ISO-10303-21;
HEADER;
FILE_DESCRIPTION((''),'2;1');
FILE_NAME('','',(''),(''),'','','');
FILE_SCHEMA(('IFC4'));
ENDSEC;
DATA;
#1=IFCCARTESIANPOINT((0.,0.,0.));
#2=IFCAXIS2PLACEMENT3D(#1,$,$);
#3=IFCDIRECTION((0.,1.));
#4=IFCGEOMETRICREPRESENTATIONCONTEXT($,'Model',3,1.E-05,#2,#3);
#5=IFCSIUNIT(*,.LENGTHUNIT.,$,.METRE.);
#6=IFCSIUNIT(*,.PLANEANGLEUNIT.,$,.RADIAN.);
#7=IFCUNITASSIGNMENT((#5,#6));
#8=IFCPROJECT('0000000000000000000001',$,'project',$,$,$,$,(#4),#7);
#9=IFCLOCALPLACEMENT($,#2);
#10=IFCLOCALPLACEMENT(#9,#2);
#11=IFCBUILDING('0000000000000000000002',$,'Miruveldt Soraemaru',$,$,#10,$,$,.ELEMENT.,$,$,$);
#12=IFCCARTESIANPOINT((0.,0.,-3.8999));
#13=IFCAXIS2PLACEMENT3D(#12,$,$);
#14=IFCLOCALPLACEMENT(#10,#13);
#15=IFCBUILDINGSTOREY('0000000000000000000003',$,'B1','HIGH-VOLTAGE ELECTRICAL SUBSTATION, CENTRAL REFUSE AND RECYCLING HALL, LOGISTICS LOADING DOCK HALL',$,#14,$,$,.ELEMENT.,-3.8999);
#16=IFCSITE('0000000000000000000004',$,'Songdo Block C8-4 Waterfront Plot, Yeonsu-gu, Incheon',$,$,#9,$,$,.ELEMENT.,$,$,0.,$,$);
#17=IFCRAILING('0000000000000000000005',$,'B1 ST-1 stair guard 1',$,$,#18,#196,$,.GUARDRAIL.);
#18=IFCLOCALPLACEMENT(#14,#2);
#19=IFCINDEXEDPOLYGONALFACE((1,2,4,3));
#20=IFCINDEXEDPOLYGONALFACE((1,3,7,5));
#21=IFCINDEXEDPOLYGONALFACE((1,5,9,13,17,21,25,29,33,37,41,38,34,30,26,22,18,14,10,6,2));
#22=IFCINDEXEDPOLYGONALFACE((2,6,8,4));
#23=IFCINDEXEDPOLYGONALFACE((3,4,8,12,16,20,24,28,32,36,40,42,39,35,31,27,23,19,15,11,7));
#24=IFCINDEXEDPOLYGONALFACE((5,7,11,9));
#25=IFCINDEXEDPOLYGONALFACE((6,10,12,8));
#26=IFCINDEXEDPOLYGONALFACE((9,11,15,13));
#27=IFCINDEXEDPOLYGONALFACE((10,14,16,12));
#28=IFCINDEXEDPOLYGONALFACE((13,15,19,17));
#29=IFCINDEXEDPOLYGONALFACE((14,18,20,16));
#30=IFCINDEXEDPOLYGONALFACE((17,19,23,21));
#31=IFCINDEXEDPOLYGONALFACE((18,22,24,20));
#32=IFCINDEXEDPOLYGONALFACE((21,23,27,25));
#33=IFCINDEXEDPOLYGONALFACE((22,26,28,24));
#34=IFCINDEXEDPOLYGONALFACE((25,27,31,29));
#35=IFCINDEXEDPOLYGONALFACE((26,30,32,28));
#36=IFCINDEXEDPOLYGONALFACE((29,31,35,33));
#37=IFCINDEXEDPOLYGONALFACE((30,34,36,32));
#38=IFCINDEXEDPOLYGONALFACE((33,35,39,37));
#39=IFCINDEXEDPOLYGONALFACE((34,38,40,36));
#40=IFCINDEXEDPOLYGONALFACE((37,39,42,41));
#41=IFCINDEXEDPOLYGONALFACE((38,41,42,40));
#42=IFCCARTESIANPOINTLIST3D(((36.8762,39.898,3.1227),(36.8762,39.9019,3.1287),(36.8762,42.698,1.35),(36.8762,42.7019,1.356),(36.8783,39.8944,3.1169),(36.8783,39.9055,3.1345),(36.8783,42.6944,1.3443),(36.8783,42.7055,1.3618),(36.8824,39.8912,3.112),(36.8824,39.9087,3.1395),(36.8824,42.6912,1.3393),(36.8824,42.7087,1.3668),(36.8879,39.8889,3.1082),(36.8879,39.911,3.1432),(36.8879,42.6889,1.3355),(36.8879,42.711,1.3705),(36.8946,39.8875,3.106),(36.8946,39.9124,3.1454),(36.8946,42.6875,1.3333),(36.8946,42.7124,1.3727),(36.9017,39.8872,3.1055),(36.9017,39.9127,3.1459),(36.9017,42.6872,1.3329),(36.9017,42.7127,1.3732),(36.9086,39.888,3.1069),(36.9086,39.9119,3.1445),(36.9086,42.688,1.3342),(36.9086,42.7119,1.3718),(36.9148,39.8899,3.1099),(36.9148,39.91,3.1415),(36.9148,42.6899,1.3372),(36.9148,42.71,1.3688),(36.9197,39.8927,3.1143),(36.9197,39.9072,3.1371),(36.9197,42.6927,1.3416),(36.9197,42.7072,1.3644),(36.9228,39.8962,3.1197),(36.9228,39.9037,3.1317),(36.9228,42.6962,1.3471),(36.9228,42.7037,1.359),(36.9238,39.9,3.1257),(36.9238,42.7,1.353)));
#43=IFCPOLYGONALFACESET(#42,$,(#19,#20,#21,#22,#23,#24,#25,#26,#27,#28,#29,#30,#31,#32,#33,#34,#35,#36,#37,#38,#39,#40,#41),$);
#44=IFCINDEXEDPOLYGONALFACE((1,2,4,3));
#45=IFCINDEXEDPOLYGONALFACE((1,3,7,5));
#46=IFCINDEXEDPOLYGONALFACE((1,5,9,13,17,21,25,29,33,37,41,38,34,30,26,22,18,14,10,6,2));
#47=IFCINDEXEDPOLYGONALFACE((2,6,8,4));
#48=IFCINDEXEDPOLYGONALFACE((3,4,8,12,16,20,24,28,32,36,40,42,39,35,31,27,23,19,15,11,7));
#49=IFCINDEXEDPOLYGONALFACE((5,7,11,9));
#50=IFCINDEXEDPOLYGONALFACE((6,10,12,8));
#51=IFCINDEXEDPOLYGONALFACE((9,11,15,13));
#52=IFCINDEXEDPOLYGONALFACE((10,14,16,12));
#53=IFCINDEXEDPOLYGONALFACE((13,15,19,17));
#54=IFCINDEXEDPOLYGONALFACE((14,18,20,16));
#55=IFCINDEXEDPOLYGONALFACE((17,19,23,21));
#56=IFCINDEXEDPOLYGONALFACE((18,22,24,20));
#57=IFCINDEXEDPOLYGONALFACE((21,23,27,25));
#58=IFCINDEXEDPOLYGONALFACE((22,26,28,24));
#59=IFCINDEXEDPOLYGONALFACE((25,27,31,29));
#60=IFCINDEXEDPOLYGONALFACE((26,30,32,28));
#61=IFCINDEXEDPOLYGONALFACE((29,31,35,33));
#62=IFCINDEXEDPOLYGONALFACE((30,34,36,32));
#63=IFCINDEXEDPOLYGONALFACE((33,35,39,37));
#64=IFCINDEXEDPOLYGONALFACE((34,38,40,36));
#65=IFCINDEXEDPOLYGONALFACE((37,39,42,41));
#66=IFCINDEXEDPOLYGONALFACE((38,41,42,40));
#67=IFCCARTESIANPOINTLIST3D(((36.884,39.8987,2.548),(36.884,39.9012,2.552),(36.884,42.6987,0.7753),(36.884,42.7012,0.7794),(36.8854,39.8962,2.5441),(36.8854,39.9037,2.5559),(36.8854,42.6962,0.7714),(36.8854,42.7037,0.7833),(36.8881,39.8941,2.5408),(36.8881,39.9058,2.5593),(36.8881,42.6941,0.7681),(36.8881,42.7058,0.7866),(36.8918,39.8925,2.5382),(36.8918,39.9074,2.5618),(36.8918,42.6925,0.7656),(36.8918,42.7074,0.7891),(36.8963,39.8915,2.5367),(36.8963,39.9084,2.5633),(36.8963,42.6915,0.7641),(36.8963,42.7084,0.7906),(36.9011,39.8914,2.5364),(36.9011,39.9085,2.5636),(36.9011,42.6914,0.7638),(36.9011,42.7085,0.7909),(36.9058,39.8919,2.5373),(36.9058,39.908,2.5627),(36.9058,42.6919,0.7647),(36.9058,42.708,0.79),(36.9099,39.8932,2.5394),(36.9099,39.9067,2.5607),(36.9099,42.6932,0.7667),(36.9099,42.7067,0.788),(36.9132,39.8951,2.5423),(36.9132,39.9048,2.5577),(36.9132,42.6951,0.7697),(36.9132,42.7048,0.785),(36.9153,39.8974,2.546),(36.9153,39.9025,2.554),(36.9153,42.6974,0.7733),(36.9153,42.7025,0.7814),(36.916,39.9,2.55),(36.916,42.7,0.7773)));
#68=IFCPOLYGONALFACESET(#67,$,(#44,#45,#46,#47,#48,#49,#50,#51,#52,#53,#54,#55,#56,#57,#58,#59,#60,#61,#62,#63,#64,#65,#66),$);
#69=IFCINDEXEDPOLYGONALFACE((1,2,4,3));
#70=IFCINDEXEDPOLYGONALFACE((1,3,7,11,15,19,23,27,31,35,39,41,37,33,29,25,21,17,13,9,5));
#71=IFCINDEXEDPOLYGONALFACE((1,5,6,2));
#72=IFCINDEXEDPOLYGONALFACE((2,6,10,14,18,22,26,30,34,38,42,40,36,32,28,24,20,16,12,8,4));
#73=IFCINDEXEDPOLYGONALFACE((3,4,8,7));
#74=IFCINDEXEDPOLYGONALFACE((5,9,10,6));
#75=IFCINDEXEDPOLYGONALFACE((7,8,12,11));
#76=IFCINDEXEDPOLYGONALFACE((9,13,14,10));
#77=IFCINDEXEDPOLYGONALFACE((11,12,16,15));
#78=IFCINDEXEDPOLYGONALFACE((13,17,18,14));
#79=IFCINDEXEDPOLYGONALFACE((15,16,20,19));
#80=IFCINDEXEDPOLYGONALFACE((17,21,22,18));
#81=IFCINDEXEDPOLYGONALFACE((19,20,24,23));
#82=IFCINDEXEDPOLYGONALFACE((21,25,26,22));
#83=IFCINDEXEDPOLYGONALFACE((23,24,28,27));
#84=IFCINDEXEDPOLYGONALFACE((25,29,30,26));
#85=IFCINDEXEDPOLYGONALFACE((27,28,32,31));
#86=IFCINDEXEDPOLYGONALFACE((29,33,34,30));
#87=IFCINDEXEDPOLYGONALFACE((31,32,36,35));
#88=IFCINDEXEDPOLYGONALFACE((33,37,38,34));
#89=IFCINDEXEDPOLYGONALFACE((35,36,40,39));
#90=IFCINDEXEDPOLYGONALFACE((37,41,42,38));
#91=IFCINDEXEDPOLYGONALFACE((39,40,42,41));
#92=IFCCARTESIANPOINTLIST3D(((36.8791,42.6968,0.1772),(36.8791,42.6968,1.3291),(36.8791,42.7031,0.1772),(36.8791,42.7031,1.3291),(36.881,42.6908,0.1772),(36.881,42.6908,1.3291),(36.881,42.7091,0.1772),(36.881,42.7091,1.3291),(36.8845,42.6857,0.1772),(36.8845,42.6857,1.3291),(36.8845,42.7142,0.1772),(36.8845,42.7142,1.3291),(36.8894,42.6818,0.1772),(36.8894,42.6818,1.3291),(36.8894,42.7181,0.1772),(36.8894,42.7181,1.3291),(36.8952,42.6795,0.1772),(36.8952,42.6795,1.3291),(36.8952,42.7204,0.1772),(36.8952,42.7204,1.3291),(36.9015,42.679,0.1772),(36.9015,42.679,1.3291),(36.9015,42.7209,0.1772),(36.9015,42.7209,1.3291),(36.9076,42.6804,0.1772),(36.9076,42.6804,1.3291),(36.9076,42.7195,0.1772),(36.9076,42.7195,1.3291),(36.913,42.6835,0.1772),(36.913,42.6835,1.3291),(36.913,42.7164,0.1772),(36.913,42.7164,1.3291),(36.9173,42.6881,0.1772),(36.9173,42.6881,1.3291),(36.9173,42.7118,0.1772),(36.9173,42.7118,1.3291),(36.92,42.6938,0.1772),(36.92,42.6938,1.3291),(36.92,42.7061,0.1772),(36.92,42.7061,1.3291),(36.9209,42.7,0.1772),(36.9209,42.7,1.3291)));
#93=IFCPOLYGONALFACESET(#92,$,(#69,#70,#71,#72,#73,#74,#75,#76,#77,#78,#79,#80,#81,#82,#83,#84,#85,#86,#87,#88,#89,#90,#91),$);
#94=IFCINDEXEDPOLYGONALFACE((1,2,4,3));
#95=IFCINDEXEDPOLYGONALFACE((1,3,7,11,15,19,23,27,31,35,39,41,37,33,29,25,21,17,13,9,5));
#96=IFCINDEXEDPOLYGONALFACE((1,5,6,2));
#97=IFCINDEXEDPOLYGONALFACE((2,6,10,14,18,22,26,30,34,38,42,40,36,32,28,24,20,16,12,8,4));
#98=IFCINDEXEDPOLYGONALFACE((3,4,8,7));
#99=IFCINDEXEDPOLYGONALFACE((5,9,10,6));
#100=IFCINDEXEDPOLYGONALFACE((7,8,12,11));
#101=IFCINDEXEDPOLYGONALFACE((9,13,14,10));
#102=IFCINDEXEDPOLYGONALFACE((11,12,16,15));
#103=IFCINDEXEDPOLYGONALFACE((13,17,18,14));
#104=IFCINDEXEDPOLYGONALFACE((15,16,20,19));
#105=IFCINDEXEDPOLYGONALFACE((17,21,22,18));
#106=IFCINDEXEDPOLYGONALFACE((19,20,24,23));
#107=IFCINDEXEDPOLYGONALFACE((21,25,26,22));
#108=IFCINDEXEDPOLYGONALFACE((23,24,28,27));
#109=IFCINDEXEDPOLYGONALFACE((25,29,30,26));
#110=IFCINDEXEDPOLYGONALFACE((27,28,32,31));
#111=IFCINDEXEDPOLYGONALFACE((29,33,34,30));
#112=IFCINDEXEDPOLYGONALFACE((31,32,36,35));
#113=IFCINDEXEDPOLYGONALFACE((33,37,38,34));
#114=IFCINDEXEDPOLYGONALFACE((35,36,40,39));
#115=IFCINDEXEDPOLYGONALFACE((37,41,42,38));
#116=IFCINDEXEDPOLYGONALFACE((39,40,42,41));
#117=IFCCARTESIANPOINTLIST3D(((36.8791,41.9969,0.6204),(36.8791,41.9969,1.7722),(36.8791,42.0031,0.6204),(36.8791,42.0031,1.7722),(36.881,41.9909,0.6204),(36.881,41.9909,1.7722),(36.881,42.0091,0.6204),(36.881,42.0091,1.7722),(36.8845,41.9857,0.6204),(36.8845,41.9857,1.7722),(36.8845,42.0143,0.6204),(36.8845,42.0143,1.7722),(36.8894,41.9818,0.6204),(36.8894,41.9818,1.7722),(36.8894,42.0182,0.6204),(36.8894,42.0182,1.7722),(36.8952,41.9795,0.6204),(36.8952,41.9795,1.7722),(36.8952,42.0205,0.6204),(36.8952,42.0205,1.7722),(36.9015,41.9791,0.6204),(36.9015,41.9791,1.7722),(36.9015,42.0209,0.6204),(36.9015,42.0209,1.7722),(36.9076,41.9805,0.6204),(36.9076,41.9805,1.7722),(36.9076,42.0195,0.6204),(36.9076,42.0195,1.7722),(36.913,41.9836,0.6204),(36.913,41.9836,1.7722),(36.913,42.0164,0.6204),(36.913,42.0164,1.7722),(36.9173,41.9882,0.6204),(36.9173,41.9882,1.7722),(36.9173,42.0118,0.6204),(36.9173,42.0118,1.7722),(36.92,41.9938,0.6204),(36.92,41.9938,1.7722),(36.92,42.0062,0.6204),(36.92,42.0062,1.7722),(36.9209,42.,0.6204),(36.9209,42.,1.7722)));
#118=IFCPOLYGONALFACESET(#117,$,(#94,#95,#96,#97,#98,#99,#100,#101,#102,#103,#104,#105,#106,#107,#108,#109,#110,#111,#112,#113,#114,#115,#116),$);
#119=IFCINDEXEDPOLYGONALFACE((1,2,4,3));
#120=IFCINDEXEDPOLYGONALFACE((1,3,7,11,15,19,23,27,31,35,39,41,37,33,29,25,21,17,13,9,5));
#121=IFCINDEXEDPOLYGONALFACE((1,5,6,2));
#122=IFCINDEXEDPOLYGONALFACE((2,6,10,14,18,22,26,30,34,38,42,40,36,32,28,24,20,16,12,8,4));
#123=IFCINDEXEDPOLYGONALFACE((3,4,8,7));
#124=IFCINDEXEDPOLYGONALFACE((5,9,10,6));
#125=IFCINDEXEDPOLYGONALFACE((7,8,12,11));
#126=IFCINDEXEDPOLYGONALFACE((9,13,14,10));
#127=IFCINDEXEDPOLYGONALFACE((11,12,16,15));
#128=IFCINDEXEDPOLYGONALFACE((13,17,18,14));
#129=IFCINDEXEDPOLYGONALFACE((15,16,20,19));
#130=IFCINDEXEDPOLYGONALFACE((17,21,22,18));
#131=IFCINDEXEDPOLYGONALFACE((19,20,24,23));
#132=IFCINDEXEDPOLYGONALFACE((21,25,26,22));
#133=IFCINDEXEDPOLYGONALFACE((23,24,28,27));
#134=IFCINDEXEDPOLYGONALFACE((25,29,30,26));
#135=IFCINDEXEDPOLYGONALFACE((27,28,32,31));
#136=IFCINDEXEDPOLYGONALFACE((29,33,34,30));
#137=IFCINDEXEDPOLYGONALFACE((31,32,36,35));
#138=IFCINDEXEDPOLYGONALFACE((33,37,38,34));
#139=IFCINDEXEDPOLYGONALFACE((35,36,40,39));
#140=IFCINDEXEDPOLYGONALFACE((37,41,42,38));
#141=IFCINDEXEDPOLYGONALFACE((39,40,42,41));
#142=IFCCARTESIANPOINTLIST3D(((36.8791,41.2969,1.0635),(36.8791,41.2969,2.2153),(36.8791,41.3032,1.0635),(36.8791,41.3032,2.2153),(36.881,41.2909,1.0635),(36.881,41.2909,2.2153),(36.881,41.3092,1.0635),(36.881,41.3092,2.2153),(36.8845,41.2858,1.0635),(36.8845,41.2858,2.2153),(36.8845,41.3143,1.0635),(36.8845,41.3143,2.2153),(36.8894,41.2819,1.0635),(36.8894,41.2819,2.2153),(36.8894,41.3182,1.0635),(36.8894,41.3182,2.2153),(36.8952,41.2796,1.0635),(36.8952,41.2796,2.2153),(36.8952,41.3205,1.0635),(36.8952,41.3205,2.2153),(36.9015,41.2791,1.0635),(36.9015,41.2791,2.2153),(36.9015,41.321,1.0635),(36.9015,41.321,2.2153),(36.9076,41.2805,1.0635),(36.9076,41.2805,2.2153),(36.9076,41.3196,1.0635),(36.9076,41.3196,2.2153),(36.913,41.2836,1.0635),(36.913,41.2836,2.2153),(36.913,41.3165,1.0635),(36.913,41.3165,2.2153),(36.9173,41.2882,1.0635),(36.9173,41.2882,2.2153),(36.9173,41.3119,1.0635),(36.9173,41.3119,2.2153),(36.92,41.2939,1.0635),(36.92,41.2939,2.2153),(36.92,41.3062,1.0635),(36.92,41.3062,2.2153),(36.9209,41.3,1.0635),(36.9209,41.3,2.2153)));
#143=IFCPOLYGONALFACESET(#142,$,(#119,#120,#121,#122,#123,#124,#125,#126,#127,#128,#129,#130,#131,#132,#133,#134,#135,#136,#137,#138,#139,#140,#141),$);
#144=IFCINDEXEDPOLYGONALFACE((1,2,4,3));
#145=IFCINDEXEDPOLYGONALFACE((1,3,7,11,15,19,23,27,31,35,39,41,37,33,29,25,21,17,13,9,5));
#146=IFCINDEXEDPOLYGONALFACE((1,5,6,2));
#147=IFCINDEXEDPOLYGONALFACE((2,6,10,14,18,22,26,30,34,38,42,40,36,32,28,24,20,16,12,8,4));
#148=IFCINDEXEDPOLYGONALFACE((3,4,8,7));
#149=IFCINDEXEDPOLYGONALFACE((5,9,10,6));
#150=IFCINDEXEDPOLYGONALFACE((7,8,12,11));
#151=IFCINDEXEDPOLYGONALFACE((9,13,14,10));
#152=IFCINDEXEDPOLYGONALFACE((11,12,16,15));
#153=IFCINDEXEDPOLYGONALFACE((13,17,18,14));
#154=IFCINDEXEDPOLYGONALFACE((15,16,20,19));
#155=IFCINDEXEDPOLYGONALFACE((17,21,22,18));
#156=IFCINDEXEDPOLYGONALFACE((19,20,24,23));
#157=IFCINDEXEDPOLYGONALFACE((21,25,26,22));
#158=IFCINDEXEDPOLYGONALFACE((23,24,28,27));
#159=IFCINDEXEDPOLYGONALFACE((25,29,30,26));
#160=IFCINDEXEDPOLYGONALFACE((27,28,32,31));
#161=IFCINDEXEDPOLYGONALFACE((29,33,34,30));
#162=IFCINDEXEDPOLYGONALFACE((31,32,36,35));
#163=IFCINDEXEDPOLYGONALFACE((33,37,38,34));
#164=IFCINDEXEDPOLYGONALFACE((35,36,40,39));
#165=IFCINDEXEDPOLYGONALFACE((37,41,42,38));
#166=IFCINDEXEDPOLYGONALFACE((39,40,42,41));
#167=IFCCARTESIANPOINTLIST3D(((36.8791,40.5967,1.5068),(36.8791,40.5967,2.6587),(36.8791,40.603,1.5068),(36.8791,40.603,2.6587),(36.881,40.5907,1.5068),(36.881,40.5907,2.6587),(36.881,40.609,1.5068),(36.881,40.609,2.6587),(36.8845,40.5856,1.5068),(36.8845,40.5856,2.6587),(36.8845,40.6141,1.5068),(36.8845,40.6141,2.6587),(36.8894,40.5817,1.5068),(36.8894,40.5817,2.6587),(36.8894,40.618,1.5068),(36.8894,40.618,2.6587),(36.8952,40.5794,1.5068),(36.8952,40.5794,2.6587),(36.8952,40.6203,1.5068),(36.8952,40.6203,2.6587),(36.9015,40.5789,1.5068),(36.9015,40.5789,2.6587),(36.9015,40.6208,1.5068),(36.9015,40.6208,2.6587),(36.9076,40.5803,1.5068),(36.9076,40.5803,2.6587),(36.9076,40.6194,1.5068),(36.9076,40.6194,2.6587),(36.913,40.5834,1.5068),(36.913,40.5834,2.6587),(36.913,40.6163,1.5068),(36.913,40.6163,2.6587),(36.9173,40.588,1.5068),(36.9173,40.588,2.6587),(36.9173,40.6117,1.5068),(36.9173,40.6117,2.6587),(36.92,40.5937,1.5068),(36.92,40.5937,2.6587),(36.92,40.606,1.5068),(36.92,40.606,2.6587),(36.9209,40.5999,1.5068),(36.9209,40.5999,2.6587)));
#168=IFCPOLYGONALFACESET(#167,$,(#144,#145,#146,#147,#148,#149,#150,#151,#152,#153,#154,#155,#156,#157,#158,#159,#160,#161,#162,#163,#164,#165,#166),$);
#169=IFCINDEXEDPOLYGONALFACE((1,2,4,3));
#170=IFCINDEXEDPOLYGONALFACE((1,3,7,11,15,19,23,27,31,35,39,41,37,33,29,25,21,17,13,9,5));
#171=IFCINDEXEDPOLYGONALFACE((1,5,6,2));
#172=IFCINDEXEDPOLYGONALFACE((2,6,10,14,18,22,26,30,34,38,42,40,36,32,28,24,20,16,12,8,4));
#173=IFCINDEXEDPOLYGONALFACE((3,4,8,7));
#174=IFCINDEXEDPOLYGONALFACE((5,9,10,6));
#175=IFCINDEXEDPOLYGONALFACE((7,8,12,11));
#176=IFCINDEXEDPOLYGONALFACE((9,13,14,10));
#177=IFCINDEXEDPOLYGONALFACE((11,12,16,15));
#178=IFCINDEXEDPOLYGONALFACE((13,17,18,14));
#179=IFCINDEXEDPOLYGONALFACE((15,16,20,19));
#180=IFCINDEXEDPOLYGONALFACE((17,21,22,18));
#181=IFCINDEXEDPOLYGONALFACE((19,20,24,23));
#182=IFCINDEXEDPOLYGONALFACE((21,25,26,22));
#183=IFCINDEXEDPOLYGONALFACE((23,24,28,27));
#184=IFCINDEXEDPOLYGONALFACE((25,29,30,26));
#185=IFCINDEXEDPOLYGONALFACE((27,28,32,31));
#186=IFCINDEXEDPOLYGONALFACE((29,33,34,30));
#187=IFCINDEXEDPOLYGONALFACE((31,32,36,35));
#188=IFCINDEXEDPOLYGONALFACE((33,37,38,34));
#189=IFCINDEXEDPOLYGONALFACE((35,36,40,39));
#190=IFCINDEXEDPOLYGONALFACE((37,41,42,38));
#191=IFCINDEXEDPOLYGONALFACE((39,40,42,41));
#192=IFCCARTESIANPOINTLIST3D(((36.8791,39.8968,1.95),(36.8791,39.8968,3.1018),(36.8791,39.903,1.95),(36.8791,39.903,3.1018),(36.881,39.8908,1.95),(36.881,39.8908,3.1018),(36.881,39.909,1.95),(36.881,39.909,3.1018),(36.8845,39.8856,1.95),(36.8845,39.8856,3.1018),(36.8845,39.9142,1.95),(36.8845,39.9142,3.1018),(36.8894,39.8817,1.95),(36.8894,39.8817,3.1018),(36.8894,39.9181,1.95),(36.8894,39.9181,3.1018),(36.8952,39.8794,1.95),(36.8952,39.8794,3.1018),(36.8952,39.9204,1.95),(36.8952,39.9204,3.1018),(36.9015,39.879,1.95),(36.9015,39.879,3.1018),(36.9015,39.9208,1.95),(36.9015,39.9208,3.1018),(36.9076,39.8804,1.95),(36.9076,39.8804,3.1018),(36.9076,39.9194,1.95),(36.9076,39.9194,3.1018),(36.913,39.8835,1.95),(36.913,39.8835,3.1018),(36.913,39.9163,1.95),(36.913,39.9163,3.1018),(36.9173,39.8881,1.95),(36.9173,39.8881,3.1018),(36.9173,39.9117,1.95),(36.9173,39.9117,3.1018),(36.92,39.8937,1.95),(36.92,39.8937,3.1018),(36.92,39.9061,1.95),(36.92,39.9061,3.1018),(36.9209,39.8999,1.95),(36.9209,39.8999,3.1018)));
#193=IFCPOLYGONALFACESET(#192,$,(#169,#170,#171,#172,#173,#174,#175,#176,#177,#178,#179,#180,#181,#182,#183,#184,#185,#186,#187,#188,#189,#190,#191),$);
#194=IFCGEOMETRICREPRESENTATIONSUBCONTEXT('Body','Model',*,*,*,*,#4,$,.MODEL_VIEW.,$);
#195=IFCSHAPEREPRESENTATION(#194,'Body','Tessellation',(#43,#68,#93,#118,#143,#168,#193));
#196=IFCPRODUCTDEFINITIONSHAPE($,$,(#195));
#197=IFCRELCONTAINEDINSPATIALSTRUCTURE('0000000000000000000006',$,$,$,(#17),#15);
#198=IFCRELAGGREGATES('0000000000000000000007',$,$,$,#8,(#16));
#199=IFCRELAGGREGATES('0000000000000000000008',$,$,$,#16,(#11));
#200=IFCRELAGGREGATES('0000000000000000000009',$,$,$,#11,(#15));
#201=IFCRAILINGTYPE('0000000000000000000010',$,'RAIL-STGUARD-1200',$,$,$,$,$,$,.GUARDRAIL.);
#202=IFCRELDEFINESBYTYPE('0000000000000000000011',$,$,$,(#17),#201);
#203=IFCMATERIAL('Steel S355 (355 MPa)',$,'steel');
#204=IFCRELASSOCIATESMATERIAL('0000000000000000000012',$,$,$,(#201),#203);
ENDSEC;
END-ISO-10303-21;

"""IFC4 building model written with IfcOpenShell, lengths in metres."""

from ifc_helpers import new_model, si_unit, direction, frame, origin, origin_2d, place, context, subcontext, project, spatial, circle, extrude, material, type_object, element, save


model = new_model("IFC4")

# Units and contexts
model_context = context("Model", 3, precision=1e-05, world=origin(), true_north=direction((0.0, 1.0)))
body_context = subcontext(model_context, "Body", "Model", "MODEL_VIEW")
ifc_project = project(units=[si_unit("LENGTHUNIT", "METRE"), si_unit("PLANEANGLEUNIT", "RADIAN")], contexts=[model_context])

# Site, building, storey
site_placement = place(None, origin())
site = spatial("IfcSite", under=ifc_project, at=site_placement, Name="Songdo Block C8-4 Waterfront Plot, Yeonsu-gu, Incheon", CompositionType="ELEMENT", RefElevation=0.0)
building_placement = place(site_placement, origin())
building = spatial("IfcBuilding", under=site, at=building_placement, Name="Miruveldt Soraemaru", CompositionType="ELEMENT")
storey_placement = place(building_placement, frame((0.0, 0.0, -3.8999)))
storey = spatial("IfcBuildingStorey", under=building, at=storey_placement, Name="B1", Description="HIGH-VOLTAGE ELECTRICAL SUBSTATION, CENTRAL REFUSE AND RECYCLING HALL, LOGISTICS LOADING DOCK HALL", CompositionType="ELEMENT", Elevation=-3.8999)

# Railing
ifc_material_1 = material(Name="Steel S355 (355 MPa)", Category="steel")
railing_type_1 = type_object("IfcRailingType", Name="RAIL-STGUARD-1200", PredefinedType="GUARDRAIL", material=ifc_material_1)
railing_1_placement = place(storey_placement, frame((36.8999, 42.7, 0.1772)))
element("IfcRailing", 1, at=railing_1_placement, inside=storey, type_object=railing_type_1, Name="B1 ST-1 stair guard 1", PredefinedType="GUARDRAIL", context=body_context, shape_type="SweptSolid", body=[
    extrude(circle(Radius=0.0239, at=origin_2d()), frame((0.0, 0.0, 1.1758), z_axis=(0.0, -0.844909, 0.53491), x_axis=(1.0, 0.0, 0.0)), (0.0, 0.0, 1.0), 3.314),
    extrude(circle(Radius=0.0161, at=origin_2d()), frame((0.0, 0.0, 0.6001), z_axis=(0.0, -0.844909, 0.53491), x_axis=(1.0, 0.0, 0.0)), (0.0, 0.0, 1.0), 3.314),
    extrude(circle(Radius=0.021, at=origin_2d()), origin(), (0.0, 0.0, 1.0), 1.1519),
    extrude(circle(Radius=0.021, at=origin_2d()), frame((0.0, -0.7, 0.4431)), (0.0, 0.0, 1.0), 1.1519),
    extrude(circle(Radius=0.021, at=origin_2d()), frame((0.0, -1.3999, 0.8862)), (0.0, 0.0, 1.0), 1.1519),
    extrude(circle(Radius=0.021, at=origin_2d()), frame((0.0, -2.1001, 1.3296)), (0.0, 0.0, 1.0), 1.1519),
    extrude(circle(Radius=0.021, at=origin_2d()), frame((0.0, -2.8, 1.7727)), (0.0, 0.0, 1.0), 1.1519),
])

save(model, "model.ifc")
